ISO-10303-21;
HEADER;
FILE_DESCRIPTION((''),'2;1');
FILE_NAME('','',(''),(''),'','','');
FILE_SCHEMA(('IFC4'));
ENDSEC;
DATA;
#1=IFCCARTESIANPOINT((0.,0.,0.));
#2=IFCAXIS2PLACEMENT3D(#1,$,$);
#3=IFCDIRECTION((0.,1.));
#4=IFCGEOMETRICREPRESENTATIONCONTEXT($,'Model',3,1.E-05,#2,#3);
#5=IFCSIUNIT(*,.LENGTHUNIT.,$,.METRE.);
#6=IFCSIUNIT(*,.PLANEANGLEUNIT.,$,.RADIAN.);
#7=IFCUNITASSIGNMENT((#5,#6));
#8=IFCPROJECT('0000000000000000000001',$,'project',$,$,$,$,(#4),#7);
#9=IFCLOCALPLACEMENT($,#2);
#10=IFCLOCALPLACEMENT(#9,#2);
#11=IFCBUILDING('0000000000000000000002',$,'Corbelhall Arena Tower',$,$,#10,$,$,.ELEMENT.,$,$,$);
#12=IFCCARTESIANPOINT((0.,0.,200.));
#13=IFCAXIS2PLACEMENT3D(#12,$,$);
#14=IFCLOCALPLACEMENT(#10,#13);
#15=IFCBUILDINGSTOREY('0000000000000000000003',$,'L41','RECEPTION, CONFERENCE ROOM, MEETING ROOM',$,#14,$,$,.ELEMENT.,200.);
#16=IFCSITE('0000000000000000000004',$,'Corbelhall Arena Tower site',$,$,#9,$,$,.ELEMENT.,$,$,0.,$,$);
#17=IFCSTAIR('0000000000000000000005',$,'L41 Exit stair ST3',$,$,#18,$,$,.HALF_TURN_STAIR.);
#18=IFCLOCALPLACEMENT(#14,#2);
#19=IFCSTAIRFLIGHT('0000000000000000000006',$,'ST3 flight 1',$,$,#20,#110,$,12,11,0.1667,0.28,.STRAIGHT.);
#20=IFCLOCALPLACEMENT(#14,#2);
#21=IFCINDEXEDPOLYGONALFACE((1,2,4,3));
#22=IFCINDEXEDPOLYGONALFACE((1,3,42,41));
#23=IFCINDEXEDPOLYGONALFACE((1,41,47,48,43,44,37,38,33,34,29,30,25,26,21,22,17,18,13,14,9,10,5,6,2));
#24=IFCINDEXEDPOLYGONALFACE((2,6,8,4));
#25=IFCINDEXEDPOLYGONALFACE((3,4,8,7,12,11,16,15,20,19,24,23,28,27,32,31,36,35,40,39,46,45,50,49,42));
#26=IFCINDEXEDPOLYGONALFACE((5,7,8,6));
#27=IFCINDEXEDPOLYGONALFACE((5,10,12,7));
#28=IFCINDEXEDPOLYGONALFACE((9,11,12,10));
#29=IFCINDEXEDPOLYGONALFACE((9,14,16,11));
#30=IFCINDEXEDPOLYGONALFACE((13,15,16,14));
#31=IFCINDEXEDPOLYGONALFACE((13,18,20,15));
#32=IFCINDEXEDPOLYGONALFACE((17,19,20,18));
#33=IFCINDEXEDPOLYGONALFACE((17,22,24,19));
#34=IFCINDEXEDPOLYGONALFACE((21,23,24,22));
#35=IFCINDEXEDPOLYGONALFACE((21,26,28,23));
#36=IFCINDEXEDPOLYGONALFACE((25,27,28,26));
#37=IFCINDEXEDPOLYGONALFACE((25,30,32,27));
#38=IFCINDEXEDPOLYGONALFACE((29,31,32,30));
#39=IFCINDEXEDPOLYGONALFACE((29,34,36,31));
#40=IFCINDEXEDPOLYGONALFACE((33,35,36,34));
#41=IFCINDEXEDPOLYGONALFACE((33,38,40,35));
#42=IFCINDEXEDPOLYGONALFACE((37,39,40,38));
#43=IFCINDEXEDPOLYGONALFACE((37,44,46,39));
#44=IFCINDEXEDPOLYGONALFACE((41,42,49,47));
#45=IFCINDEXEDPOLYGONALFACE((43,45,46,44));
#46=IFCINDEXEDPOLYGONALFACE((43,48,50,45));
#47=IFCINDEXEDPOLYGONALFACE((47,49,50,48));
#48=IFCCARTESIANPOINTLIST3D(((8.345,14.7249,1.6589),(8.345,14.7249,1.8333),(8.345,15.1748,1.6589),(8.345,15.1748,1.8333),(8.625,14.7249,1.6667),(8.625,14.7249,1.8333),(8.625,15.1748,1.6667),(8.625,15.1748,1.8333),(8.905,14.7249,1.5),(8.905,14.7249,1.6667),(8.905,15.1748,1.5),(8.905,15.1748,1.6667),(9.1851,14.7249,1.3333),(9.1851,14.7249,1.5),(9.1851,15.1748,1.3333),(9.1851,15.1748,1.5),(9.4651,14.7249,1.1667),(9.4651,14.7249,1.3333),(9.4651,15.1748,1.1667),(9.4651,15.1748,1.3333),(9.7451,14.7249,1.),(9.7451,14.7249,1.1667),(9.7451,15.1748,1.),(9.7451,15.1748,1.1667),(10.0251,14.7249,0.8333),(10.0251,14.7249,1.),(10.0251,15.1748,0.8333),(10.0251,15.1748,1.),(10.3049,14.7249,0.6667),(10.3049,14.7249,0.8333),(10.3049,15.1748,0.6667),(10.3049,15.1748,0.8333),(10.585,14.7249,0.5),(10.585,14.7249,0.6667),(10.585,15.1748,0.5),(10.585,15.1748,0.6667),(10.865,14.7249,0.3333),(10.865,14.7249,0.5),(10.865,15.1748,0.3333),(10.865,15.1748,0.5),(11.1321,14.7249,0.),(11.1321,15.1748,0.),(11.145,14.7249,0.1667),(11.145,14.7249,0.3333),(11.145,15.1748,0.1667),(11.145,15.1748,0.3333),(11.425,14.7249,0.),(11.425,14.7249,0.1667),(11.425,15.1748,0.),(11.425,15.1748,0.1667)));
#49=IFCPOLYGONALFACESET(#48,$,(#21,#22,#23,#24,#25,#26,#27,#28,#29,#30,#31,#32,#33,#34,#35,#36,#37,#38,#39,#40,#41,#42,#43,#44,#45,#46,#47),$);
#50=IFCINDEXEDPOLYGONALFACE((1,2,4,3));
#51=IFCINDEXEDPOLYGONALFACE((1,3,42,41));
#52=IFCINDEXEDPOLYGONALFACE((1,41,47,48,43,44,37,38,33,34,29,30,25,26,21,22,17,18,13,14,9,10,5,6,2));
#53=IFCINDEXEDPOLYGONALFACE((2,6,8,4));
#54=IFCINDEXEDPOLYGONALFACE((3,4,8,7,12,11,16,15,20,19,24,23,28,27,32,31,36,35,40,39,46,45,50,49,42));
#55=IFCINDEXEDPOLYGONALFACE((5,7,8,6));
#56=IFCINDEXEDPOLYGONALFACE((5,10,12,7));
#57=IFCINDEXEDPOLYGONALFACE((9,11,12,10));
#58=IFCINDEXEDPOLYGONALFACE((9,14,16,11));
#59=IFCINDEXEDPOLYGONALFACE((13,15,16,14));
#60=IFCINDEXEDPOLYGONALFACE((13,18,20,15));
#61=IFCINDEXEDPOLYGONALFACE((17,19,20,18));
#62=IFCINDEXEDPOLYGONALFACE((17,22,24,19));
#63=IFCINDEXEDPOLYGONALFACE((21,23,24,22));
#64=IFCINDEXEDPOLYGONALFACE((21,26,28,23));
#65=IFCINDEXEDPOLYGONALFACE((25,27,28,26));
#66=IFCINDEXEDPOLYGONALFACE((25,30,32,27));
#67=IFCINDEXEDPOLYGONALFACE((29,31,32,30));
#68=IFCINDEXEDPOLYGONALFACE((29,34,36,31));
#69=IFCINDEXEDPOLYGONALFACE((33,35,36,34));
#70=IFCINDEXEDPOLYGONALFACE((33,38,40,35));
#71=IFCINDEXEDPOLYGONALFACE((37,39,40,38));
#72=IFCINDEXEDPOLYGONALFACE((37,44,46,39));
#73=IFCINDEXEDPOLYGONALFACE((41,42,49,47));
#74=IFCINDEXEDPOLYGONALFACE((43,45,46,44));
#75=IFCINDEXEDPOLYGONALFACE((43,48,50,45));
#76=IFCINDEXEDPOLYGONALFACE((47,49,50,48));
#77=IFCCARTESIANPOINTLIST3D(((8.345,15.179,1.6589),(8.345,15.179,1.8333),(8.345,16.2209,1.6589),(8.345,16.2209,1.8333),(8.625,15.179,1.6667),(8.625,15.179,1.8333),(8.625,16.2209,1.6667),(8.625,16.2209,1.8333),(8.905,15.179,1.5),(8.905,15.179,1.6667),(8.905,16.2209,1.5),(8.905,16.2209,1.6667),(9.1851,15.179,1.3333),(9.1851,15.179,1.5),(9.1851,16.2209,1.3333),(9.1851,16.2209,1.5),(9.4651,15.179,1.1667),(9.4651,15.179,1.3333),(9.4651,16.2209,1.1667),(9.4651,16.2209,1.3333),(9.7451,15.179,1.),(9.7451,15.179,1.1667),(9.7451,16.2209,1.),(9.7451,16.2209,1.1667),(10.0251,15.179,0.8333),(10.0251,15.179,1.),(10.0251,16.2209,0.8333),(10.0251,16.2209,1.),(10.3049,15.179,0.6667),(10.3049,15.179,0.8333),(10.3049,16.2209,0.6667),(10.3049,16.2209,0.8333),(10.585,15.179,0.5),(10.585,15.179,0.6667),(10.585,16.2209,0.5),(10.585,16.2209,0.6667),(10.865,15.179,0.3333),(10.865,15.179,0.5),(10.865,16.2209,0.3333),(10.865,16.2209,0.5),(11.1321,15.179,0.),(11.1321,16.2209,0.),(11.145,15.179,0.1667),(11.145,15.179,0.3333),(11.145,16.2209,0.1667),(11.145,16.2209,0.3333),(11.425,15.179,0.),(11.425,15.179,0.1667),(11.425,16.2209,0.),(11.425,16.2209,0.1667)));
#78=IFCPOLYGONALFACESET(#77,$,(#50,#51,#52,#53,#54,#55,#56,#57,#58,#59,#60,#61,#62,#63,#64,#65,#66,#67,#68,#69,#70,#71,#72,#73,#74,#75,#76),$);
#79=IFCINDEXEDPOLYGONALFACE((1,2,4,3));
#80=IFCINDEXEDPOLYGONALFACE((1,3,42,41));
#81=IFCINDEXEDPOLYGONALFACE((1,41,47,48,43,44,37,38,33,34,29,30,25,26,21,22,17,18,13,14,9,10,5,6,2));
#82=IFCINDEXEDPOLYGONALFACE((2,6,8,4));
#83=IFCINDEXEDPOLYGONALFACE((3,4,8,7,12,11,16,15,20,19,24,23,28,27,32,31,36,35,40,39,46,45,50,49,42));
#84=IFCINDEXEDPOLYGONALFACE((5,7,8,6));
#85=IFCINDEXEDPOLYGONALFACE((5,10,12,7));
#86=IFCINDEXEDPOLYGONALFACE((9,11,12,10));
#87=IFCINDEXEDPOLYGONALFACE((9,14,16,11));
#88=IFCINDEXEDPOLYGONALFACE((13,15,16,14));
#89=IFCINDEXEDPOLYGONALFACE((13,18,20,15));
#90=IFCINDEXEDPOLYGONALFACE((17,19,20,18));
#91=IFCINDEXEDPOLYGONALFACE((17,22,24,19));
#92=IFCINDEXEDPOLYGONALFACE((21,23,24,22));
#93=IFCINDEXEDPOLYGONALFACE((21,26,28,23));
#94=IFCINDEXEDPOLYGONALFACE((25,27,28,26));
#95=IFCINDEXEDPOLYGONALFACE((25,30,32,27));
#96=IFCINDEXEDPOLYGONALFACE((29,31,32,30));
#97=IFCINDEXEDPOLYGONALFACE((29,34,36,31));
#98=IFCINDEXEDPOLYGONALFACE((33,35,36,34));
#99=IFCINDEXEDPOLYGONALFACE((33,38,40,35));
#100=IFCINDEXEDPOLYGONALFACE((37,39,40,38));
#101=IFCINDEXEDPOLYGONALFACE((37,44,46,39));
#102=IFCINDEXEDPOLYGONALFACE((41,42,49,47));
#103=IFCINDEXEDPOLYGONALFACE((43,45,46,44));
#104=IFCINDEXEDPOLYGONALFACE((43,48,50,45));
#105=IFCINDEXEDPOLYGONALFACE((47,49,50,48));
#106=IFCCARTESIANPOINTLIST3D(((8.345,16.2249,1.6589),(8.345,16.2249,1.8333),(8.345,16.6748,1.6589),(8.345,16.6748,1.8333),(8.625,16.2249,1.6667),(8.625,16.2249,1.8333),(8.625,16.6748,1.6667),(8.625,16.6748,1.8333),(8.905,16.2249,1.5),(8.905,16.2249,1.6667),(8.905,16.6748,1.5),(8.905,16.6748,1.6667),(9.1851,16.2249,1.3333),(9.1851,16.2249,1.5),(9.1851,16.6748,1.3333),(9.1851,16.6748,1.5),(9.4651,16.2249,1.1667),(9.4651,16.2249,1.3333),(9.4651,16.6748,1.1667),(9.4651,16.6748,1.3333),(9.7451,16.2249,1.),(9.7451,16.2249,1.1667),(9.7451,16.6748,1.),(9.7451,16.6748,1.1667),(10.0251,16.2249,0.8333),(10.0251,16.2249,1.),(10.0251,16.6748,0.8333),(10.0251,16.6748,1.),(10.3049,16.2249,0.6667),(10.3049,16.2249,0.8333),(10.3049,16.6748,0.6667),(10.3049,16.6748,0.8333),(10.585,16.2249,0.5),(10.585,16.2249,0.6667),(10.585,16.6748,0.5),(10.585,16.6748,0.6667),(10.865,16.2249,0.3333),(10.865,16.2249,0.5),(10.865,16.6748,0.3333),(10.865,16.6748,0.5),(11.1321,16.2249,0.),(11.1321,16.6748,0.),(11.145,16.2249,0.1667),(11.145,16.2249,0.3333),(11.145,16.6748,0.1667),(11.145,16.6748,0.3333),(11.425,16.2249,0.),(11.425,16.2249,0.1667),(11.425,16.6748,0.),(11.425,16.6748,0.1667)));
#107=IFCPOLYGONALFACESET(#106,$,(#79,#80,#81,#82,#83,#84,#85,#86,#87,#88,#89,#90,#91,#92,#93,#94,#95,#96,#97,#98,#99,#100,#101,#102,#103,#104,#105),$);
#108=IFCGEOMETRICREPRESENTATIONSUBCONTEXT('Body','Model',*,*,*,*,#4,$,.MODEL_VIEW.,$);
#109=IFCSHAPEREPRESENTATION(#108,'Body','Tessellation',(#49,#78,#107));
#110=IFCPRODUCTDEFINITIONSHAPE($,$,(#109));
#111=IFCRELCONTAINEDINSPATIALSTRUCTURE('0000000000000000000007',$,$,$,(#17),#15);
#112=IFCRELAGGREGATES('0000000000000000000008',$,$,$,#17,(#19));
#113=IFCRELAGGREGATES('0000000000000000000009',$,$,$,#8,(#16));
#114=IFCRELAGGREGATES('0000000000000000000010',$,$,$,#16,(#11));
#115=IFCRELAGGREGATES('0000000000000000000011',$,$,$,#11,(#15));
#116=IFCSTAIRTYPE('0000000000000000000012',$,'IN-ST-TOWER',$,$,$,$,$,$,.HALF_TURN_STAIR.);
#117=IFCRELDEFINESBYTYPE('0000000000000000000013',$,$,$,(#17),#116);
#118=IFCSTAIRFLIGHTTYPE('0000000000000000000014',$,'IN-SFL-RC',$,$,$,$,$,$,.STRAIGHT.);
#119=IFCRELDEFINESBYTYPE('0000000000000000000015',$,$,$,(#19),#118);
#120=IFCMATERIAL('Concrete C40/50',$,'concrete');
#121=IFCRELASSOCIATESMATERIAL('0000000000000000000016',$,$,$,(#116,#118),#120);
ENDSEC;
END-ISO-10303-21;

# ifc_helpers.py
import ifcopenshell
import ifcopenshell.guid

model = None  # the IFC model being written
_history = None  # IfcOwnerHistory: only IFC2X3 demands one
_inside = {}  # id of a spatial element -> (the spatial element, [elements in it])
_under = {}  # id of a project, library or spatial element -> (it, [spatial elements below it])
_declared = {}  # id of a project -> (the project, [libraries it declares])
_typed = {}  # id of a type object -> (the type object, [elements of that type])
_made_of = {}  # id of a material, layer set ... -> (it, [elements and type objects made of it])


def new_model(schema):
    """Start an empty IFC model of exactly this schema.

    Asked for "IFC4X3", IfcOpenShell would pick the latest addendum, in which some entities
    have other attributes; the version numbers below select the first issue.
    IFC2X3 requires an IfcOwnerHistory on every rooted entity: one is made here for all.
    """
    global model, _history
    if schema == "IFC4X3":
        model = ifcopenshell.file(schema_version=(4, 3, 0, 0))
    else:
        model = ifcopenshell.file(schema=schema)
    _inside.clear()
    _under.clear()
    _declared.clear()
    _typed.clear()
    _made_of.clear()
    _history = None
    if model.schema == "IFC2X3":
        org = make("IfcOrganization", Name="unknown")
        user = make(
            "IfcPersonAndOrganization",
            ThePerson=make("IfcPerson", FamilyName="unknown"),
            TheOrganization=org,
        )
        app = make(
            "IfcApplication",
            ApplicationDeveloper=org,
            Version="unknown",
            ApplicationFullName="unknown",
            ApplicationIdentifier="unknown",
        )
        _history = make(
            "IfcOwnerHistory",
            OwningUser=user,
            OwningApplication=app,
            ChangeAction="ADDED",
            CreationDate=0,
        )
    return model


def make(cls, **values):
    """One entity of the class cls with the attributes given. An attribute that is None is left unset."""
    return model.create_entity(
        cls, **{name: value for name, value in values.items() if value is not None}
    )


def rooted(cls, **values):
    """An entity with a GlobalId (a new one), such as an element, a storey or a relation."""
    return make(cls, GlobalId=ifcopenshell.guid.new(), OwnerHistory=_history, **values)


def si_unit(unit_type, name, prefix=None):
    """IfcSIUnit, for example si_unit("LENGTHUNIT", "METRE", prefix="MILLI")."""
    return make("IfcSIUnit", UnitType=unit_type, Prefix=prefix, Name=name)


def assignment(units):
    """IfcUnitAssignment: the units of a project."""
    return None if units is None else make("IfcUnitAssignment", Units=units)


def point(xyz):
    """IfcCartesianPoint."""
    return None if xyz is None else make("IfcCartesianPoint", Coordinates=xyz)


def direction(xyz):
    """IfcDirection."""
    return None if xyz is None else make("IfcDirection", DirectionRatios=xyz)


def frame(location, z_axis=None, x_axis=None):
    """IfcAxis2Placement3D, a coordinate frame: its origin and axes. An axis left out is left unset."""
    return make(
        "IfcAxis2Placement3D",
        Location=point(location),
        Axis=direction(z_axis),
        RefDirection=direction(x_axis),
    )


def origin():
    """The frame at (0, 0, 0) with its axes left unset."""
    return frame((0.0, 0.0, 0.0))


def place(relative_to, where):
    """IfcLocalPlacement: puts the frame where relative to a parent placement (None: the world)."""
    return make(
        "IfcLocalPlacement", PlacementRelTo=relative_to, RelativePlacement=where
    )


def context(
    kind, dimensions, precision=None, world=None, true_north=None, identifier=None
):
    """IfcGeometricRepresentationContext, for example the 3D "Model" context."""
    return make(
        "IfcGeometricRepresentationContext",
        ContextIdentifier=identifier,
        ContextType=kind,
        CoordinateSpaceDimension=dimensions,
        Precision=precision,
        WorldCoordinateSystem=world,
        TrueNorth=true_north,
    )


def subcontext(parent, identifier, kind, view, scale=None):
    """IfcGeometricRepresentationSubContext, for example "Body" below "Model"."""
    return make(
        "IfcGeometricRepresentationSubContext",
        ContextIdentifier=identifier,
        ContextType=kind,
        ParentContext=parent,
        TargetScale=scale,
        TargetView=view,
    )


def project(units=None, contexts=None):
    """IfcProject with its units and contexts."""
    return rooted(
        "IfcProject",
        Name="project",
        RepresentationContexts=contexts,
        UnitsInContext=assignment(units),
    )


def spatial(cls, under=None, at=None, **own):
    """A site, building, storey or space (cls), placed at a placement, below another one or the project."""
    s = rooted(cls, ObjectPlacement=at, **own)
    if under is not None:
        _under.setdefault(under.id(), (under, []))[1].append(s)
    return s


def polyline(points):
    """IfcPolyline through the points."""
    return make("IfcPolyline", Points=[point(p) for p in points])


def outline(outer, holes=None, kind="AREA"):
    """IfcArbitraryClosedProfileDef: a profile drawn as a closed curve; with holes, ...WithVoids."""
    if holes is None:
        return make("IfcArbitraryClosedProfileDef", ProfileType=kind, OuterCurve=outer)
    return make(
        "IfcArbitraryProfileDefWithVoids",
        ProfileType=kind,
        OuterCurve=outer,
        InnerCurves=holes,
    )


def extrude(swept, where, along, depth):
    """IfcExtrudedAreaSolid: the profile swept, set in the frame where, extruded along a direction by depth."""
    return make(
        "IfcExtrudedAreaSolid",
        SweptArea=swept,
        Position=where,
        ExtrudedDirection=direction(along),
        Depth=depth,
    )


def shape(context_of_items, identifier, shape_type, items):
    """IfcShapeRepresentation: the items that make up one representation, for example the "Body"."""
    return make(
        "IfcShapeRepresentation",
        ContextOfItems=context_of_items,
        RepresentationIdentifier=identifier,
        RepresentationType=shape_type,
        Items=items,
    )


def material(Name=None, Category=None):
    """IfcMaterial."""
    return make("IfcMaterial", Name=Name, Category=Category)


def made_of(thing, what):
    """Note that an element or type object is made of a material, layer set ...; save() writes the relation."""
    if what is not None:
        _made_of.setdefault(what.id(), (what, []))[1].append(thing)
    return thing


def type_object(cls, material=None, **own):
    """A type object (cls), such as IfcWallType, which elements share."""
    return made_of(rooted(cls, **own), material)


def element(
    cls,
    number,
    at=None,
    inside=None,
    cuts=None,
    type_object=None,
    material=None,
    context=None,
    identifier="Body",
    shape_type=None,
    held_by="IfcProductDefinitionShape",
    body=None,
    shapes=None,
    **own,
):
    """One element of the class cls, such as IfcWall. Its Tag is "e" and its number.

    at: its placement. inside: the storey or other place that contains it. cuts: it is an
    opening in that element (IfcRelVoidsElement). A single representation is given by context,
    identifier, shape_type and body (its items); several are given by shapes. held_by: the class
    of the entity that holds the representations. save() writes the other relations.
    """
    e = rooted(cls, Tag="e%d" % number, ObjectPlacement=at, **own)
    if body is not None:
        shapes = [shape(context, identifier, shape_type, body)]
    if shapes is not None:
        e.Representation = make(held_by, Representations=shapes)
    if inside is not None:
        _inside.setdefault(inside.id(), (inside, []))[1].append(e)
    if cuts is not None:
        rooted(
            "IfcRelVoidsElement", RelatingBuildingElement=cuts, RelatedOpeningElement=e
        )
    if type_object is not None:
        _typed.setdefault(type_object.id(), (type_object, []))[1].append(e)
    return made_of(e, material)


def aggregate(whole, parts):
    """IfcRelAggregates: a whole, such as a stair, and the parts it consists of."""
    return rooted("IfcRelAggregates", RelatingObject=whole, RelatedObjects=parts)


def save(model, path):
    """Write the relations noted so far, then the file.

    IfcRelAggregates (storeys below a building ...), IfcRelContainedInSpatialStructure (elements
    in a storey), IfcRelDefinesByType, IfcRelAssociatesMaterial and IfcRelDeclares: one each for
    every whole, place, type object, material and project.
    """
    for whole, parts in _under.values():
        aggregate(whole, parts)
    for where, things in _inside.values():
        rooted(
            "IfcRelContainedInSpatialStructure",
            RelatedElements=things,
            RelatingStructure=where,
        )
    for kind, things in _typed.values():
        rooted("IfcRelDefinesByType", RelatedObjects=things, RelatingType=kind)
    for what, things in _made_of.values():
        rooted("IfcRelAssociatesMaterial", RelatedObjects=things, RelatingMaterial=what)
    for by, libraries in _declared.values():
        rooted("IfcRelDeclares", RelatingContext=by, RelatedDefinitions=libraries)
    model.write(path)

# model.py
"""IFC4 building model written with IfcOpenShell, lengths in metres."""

from ifc_helpers import new_model, si_unit, direction, frame, origin, place, context, subcontext, project, spatial, polyline, outline, extrude, material, type_object, element, aggregate, save


model = new_model("IFC4")

# Units and contexts
model_context = context("Model", 3, precision=1e-05, world=origin(), true_north=direction((0.0, 1.0)))
body_context = subcontext(model_context, "Body", "Model", "MODEL_VIEW")
ifc_project = project(units=[si_unit("LENGTHUNIT", "METRE"), si_unit("PLANEANGLEUNIT", "RADIAN")], contexts=[model_context])

# Site, building, storey
site_placement = place(None, origin())
site = spatial("IfcSite", under=ifc_project, at=site_placement, Name="Corbelhall Arena Tower site", CompositionType="ELEMENT", RefElevation=0.0)
building_placement = place(site_placement, origin())
building = spatial("IfcBuilding", under=site, at=building_placement, Name="Corbelhall Arena Tower", CompositionType="ELEMENT")
storey_placement = place(building_placement, frame((0.0, 0.0, 200.0)))
storey = spatial("IfcBuildingStorey", under=building, at=storey_placement, Name="L41", Description="RECEPTION, CONFERENCE ROOM, MEETING ROOM", CompositionType="ELEMENT", Elevation=200.0)

# Shared definitions
ifc_material_1 = material(Name="Concrete C40/50", Category="concrete")

# Stair, stair flight
stair_type = type_object("IfcStairType", Name="IN-ST-TOWER", PredefinedType="HALF_TURN_STAIR", material=ifc_material_1)
stair_placement = place(storey_placement, origin())
stair = element("IfcStair", 1, at=stair_placement, inside=storey, type_object=stair_type, Name="L41 Exit stair ST3", PredefinedType="HALF_TURN_STAIR")
stair_flight_type = type_object("IfcStairFlightType", Name="IN-SFL-RC", PredefinedType="STRAIGHT", material=ifc_material_1)
stair_flight_placement = place(storey_placement, frame((11.425, 15.7, 0.0), z_axis=(0.0, 0.0, 1.0), x_axis=(-1.0, 0.0, 0.0)))
stair_flight = element("IfcStairFlight", 2, at=stair_flight_placement, type_object=stair_flight_type, Name="ST3 flight 1", NumberOfRisers=12, NumberOfTreads=11, PredefinedType="STRAIGHT", RiserHeight=0.1667, TreadLength=0.28, context=body_context, shape_type="SweptSolid", body=[
    extrude(outline(polyline([(0.0, 0.0), (0.0, 0.1667), (0.28, 0.1667), (0.28, 0.3333), (0.5601, 0.3333), (0.5601, 0.5), (0.8401, 0.5), (0.8401, 0.6667), (1.1201, 0.6667), (1.1201, 0.8333), (1.3999, 0.8333), (1.3999, 1.0), (1.6799, 1.0), (1.6799, 1.1667), (1.96, 1.1667), (1.96, 1.3333), (2.24, 1.3333), (2.24, 1.5), (2.52, 1.5), (2.52, 1.6667), (2.8, 1.6667), (2.8, 1.8333), (3.0801, 1.8333), (3.0801, 2.0), (3.0801, 1.6589), (0.293, 0.0), (0.0, 0.0)])), frame((0.0, 0.9751, 0.0), z_axis=(0.0, -1.0, 0.0), x_axis=(1.0, 0.0, 0.0)), (0.0, 0.0, 1.0), 0.45),
    extrude(outline(polyline([(0.0, 0.0), (0.0, 0.1667), (0.28, 0.1667), (0.28, 0.3333), (0.5601, 0.3333), (0.5601, 0.5), (0.8401, 0.5), (0.8401, 0.6667), (1.1201, 0.6667), (1.1201, 0.8333), (1.3999, 0.8333), (1.3999, 1.0), (1.6799, 1.0), (1.6799, 1.1667), (1.96, 1.1667), (1.96, 1.3333), (2.24, 1.3333), (2.24, 1.5), (2.52, 1.5), (2.52, 1.6667), (2.8, 1.6667), (2.8, 1.8333), (3.0801, 1.8333), (3.0801, 2.0), (3.0801, 1.6589), (0.293, 0.0), (0.0, 0.0)])), frame((0.0, 0.521, 0.0), z_axis=(0.0, -1.0, 0.0), x_axis=(1.0, 0.0, 0.0)), (0.0, 0.0, 1.0), 1.042),
    extrude(outline(polyline([(0.0, 0.0), (0.0, 0.1667), (0.28, 0.1667), (0.28, 0.3333), (0.5601, 0.3333), (0.5601, 0.5), (0.8401, 0.5), (0.8401, 0.6667), (1.1201, 0.6667), (1.1201, 0.8333), (1.3999, 0.8333), (1.3999, 1.0), (1.6799, 1.0), (1.6799, 1.1667), (1.96, 1.1667), (1.96, 1.3333), (2.24, 1.3333), (2.24, 1.5), (2.52, 1.5), (2.52, 1.6667), (2.8, 1.6667), (2.8, 1.8333), (3.0801, 1.8333), (3.0801, 2.0), (3.0801, 1.6589), (0.293, 0.0), (0.0, 0.0)])), frame((0.0, -0.5249, 0.0), z_axis=(0.0, -1.0, 0.0), x_axis=(1.0, 0.0, 0.0)), (0.0, 0.0, 1.0), 0.45),
])
aggregate(stair, [stair_flight])

save(model, "model.ifc")
